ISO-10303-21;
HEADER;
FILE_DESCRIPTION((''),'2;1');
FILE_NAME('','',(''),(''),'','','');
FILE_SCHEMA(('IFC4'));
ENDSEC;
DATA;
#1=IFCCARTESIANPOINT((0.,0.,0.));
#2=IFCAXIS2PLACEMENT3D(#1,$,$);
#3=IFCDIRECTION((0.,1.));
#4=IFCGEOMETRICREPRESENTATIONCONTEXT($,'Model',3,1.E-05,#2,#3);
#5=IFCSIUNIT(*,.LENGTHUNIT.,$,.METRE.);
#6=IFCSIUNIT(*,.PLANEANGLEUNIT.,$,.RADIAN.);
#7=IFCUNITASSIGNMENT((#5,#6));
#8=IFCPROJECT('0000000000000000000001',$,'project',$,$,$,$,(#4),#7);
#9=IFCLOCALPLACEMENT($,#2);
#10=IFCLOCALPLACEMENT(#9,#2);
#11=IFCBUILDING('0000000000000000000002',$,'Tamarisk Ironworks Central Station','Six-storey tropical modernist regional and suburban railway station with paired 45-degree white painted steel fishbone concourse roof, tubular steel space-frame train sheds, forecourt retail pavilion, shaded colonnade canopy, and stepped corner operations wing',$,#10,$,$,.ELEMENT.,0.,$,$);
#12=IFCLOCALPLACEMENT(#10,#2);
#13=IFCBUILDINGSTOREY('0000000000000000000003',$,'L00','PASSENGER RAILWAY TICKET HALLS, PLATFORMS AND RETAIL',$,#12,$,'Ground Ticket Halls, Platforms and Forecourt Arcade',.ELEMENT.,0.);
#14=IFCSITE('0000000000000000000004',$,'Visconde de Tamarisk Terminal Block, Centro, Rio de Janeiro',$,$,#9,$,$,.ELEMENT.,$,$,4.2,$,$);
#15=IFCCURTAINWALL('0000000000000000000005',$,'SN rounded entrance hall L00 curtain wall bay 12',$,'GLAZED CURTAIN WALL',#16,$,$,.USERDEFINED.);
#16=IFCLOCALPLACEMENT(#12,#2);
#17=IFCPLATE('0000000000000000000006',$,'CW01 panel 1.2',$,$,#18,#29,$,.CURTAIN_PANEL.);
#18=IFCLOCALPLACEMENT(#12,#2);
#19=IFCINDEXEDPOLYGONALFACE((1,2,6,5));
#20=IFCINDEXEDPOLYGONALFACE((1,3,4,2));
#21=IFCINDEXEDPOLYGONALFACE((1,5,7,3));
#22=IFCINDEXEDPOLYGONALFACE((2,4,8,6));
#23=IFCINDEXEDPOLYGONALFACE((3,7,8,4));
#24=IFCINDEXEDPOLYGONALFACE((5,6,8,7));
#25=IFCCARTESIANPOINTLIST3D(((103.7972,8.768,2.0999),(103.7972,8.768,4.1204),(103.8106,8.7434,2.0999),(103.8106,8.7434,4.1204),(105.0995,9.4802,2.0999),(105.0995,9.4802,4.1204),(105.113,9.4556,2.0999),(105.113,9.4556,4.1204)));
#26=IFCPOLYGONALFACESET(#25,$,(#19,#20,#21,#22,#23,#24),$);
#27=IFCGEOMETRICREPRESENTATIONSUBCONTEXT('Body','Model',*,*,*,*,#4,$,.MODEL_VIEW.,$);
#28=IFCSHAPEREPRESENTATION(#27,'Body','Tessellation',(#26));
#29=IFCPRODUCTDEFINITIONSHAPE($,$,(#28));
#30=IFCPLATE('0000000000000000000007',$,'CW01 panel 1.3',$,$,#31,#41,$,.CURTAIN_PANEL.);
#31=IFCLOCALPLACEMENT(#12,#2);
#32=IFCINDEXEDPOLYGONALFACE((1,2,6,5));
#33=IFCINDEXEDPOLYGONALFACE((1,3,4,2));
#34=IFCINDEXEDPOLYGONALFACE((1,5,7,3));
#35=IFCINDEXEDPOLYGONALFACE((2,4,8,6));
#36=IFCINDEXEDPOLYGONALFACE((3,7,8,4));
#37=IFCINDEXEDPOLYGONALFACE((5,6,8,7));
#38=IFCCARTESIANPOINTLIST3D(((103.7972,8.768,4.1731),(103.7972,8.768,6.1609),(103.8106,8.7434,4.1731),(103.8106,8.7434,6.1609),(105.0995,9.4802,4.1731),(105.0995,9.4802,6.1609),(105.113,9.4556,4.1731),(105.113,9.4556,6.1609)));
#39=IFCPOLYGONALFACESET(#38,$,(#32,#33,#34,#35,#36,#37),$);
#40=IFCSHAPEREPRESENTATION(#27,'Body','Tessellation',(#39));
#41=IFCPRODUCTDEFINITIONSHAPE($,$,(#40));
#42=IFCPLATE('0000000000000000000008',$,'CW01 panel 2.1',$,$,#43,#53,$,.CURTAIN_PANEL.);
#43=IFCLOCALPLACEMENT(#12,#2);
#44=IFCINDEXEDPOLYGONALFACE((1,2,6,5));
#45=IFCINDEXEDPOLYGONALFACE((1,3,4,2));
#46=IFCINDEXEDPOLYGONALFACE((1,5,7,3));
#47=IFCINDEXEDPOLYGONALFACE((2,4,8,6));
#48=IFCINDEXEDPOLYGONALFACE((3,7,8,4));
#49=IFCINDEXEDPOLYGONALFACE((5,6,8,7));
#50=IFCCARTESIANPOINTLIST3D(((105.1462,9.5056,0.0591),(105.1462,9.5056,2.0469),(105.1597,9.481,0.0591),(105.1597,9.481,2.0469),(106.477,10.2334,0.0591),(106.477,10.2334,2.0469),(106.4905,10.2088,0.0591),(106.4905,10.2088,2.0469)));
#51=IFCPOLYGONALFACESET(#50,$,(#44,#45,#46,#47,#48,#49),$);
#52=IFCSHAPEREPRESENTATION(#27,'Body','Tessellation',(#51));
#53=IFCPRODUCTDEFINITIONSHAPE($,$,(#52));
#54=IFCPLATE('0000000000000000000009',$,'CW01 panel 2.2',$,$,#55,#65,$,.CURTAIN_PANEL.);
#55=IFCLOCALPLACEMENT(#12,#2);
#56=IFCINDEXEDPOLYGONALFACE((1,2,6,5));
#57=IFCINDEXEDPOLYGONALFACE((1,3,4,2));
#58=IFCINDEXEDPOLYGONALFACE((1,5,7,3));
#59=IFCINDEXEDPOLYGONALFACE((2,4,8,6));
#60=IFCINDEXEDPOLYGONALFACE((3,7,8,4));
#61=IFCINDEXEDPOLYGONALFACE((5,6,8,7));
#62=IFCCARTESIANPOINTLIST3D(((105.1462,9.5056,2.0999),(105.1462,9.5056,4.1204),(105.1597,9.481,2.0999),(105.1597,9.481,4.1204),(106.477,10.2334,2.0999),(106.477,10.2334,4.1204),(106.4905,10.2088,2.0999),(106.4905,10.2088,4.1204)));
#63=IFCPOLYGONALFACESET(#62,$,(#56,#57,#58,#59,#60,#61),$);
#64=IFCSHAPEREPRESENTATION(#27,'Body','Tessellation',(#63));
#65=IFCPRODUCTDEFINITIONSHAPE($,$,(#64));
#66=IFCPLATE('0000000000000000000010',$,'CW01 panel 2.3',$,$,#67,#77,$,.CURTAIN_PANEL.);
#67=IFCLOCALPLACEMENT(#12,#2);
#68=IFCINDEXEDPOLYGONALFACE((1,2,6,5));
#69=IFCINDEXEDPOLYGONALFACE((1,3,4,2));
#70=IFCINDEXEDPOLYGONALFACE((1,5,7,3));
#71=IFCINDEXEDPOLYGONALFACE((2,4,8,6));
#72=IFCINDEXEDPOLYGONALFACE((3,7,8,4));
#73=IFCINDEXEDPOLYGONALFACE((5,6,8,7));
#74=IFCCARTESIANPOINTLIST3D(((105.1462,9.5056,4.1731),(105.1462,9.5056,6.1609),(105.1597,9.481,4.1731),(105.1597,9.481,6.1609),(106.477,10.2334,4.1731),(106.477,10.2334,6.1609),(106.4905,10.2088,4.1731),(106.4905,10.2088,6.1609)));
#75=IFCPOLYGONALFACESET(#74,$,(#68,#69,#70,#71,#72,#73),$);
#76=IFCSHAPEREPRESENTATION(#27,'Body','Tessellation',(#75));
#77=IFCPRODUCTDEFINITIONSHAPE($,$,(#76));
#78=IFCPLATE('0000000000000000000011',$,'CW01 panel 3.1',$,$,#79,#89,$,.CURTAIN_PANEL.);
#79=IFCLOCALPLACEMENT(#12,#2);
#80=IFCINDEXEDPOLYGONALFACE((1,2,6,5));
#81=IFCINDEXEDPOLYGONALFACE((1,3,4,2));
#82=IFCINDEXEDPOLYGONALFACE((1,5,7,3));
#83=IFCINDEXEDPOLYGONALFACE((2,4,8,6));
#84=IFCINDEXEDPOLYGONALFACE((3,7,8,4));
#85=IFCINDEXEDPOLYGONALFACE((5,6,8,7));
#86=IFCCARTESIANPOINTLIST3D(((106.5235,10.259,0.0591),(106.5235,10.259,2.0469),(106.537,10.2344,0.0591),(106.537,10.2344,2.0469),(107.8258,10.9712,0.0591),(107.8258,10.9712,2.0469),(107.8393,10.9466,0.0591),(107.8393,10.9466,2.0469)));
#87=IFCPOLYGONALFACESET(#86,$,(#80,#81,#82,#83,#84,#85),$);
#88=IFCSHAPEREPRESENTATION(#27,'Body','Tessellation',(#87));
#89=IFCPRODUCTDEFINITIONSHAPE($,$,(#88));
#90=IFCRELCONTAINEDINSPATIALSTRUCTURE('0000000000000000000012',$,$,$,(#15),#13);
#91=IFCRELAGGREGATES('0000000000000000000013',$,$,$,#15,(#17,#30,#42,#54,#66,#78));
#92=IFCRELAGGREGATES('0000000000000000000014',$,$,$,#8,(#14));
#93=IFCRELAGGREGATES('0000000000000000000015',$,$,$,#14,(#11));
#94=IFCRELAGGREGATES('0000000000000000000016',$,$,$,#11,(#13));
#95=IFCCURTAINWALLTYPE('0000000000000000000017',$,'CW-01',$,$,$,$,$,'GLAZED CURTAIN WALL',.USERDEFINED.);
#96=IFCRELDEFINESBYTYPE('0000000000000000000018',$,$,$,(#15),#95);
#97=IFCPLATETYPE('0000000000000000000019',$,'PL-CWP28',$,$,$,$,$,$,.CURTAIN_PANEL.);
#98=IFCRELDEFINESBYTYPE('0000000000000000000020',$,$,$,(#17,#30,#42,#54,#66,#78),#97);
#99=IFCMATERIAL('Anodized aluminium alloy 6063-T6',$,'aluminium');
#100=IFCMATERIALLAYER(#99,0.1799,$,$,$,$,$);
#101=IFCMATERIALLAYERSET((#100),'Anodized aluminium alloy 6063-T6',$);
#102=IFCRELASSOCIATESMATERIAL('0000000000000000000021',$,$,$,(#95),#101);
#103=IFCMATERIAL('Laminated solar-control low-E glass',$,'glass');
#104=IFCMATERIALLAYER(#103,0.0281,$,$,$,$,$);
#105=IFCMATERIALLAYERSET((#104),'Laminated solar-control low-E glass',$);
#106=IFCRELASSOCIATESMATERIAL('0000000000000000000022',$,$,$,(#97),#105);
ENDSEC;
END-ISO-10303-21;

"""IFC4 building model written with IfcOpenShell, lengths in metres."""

from ifc_helpers import new_model, si_unit, direction, frame, origin, origin_2d, place, context, subcontext, project, spatial, rectangle, extrude, material, layer, layer_set, type_object, element, aggregate, save


model = new_model("IFC4")

# Units and contexts
model_context = context("Model", 3, precision=1e-05, world=origin(), true_north=direction((0.0, 1.0)))
body_context = subcontext(model_context, "Body", "Model", "MODEL_VIEW")
ifc_project = project(units=[si_unit("LENGTHUNIT", "METRE"), si_unit("PLANEANGLEUNIT", "RADIAN")], contexts=[model_context])

# Site, building, storey
site_placement = place(None, origin())
site = spatial("IfcSite", under=ifc_project, at=site_placement, Name="Visconde de Tamarisk Terminal Block, Centro, Rio de Janeiro", CompositionType="ELEMENT", RefElevation=4.2)
building_placement = place(site_placement, origin())
building = spatial("IfcBuilding", under=site, at=building_placement, Name="Tamarisk Ironworks Central Station", Description="Six-storey tropical modernist regional and suburban railway station with paired 45-degree white painted steel fishbone concourse roof, tubular steel space-frame train sheds, forecourt retail pavilion, shaded colonnade canopy, and stepped corner operations wing", CompositionType="ELEMENT", ElevationOfRefHeight=0.0)
storey_placement = place(building_placement, origin())
storey = spatial("IfcBuildingStorey", under=building, at=storey_placement, Name="L00", Description="PASSENGER RAILWAY TICKET HALLS, PLATFORMS AND RETAIL", LongName="Ground Ticket Halls, Platforms and Forecourt Arcade", CompositionType="ELEMENT", Elevation=0.0)

# Curtain wall, plates
ifc_material_1 = material(Name="Anodized aluminium alloy 6063-T6", Category="aluminium")
ifc_layer_1 = layer(ifc_material_1, 0.1799)
ifc_layer_set_1 = layer_set([ifc_layer_1], Name="Anodized aluminium alloy 6063-T6")
curtain_wall_type = type_object("IfcCurtainWallType", Name="CW-01", ElementType="GLAZED CURTAIN WALL", PredefinedType="USERDEFINED", material=ifc_layer_set_1)
curtain_wall_placement = place(storey_placement, origin())
curtain_wall = element("IfcCurtainWall", 1, at=curtain_wall_placement, inside=storey, type_object=curtain_wall_type, Name="SN rounded entrance hall L00 curtain wall bay 12", ObjectType="GLAZED CURTAIN WALL", PredefinedType="USERDEFINED")
ifc_material_2 = material(Name="Laminated solar-control low-E glass", Category="glass")
ifc_layer_2 = layer(ifc_material_2, 0.0281)
ifc_layer_set_2 = layer_set([ifc_layer_2], Name="Laminated solar-control low-E glass")
plate_type = type_object("IfcPlateType", Name="PL-CWP28", PredefinedType="CURTAIN_PANEL", material=ifc_layer_set_2)
plate_1_placement = place(storey_placement, frame((104.4551, 9.1118, 2.0999), z_axis=(0.0, 0.0, 1.0), x_axis=(0.877375, 0.479805, 0.0)))
plate_1 = element("IfcPlate", 2, at=plate_1_placement, type_object=plate_type, Name="CW01 panel 1.2", PredefinedType="CURTAIN_PANEL", context=body_context, shape_type="SweptSolid", body=[
    extrude(rectangle(XDim=1.4844, YDim=0.0281, at=origin_2d()), origin(), (0.0, 0.0, 1.0), 2.0205),
])
plate_2_placement = place(storey_placement, frame((104.4551, 9.1118, 4.1731), z_axis=(0.0, 0.0, 1.0), x_axis=(0.877375, 0.479805, 0.0)))
plate_2 = element("IfcPlate", 3, at=plate_2_placement, type_object=plate_type, Name="CW01 panel 1.3", PredefinedType="CURTAIN_PANEL", context=body_context, shape_type="SweptSolid", body=[
    extrude(rectangle(XDim=1.4844, YDim=0.0281, at=origin_2d()), origin(), (0.0, 0.0, 1.0), 1.9878),
])
plate_3_placement = place(storey_placement, frame((105.8184, 9.8572, 0.0591), z_axis=(0.0, 0.0, 1.0), x_axis=(0.877375, 0.479805, 0.0)))
plate_3 = element("IfcPlate", 4, at=plate_3_placement, type_object=plate_type, Name="CW01 panel 2.1", PredefinedType="CURTAIN_PANEL", context=body_context, shape_type="SweptSolid", body=[
    extrude(rectangle(XDim=1.5168, YDim=0.0281, at=origin_2d()), origin(), (0.0, 0.0, 1.0), 1.9878),
])
plate_4_placement = place(storey_placement, frame((105.8184, 9.8572, 2.0999), z_axis=(0.0, 0.0, 1.0), x_axis=(0.877375, 0.479805, 0.0)))
plate_4 = element("IfcPlate", 5, at=plate_4_placement, type_object=plate_type, Name="CW01 panel 2.2", PredefinedType="CURTAIN_PANEL", context=body_context, shape_type="SweptSolid", body=[
    extrude(rectangle(XDim=1.5168, YDim=0.0281, at=origin_2d()), origin(), (0.0, 0.0, 1.0), 2.0205),
])
plate_5_placement = place(storey_placement, frame((105.8184, 9.8572, 4.1731), z_axis=(0.0, 0.0, 1.0), x_axis=(0.877375, 0.479805, 0.0)))
plate_5 = element("IfcPlate", 6, at=plate_5_placement, type_object=plate_type, Name="CW01 panel 2.3", PredefinedType="CURTAIN_PANEL", context=body_context, shape_type="SweptSolid", body=[
    extrude(rectangle(XDim=1.5168, YDim=0.0281, at=origin_2d()), origin(), (0.0, 0.0, 1.0), 1.9878),
])
plate_6_placement = place(storey_placement, frame((107.1814, 10.6028, 0.0591), z_axis=(0.0, 0.0, 1.0), x_axis=(0.877375, 0.479805, 0.0)))
plate_6 = element("IfcPlate", 7, at=plate_6_placement, type_object=plate_type, Name="CW01 panel 3.1", PredefinedType="CURTAIN_PANEL", context=body_context, shape_type="SweptSolid", body=[
    extrude(rectangle(XDim=1.4844, YDim=0.0281, at=origin_2d()), origin(), (0.0, 0.0, 1.0), 1.9878),
])
aggregate(curtain_wall, [plate_1, plate_2, plate_3, plate_4, plate_5, plate_6])

save(model, "model.ifc")
